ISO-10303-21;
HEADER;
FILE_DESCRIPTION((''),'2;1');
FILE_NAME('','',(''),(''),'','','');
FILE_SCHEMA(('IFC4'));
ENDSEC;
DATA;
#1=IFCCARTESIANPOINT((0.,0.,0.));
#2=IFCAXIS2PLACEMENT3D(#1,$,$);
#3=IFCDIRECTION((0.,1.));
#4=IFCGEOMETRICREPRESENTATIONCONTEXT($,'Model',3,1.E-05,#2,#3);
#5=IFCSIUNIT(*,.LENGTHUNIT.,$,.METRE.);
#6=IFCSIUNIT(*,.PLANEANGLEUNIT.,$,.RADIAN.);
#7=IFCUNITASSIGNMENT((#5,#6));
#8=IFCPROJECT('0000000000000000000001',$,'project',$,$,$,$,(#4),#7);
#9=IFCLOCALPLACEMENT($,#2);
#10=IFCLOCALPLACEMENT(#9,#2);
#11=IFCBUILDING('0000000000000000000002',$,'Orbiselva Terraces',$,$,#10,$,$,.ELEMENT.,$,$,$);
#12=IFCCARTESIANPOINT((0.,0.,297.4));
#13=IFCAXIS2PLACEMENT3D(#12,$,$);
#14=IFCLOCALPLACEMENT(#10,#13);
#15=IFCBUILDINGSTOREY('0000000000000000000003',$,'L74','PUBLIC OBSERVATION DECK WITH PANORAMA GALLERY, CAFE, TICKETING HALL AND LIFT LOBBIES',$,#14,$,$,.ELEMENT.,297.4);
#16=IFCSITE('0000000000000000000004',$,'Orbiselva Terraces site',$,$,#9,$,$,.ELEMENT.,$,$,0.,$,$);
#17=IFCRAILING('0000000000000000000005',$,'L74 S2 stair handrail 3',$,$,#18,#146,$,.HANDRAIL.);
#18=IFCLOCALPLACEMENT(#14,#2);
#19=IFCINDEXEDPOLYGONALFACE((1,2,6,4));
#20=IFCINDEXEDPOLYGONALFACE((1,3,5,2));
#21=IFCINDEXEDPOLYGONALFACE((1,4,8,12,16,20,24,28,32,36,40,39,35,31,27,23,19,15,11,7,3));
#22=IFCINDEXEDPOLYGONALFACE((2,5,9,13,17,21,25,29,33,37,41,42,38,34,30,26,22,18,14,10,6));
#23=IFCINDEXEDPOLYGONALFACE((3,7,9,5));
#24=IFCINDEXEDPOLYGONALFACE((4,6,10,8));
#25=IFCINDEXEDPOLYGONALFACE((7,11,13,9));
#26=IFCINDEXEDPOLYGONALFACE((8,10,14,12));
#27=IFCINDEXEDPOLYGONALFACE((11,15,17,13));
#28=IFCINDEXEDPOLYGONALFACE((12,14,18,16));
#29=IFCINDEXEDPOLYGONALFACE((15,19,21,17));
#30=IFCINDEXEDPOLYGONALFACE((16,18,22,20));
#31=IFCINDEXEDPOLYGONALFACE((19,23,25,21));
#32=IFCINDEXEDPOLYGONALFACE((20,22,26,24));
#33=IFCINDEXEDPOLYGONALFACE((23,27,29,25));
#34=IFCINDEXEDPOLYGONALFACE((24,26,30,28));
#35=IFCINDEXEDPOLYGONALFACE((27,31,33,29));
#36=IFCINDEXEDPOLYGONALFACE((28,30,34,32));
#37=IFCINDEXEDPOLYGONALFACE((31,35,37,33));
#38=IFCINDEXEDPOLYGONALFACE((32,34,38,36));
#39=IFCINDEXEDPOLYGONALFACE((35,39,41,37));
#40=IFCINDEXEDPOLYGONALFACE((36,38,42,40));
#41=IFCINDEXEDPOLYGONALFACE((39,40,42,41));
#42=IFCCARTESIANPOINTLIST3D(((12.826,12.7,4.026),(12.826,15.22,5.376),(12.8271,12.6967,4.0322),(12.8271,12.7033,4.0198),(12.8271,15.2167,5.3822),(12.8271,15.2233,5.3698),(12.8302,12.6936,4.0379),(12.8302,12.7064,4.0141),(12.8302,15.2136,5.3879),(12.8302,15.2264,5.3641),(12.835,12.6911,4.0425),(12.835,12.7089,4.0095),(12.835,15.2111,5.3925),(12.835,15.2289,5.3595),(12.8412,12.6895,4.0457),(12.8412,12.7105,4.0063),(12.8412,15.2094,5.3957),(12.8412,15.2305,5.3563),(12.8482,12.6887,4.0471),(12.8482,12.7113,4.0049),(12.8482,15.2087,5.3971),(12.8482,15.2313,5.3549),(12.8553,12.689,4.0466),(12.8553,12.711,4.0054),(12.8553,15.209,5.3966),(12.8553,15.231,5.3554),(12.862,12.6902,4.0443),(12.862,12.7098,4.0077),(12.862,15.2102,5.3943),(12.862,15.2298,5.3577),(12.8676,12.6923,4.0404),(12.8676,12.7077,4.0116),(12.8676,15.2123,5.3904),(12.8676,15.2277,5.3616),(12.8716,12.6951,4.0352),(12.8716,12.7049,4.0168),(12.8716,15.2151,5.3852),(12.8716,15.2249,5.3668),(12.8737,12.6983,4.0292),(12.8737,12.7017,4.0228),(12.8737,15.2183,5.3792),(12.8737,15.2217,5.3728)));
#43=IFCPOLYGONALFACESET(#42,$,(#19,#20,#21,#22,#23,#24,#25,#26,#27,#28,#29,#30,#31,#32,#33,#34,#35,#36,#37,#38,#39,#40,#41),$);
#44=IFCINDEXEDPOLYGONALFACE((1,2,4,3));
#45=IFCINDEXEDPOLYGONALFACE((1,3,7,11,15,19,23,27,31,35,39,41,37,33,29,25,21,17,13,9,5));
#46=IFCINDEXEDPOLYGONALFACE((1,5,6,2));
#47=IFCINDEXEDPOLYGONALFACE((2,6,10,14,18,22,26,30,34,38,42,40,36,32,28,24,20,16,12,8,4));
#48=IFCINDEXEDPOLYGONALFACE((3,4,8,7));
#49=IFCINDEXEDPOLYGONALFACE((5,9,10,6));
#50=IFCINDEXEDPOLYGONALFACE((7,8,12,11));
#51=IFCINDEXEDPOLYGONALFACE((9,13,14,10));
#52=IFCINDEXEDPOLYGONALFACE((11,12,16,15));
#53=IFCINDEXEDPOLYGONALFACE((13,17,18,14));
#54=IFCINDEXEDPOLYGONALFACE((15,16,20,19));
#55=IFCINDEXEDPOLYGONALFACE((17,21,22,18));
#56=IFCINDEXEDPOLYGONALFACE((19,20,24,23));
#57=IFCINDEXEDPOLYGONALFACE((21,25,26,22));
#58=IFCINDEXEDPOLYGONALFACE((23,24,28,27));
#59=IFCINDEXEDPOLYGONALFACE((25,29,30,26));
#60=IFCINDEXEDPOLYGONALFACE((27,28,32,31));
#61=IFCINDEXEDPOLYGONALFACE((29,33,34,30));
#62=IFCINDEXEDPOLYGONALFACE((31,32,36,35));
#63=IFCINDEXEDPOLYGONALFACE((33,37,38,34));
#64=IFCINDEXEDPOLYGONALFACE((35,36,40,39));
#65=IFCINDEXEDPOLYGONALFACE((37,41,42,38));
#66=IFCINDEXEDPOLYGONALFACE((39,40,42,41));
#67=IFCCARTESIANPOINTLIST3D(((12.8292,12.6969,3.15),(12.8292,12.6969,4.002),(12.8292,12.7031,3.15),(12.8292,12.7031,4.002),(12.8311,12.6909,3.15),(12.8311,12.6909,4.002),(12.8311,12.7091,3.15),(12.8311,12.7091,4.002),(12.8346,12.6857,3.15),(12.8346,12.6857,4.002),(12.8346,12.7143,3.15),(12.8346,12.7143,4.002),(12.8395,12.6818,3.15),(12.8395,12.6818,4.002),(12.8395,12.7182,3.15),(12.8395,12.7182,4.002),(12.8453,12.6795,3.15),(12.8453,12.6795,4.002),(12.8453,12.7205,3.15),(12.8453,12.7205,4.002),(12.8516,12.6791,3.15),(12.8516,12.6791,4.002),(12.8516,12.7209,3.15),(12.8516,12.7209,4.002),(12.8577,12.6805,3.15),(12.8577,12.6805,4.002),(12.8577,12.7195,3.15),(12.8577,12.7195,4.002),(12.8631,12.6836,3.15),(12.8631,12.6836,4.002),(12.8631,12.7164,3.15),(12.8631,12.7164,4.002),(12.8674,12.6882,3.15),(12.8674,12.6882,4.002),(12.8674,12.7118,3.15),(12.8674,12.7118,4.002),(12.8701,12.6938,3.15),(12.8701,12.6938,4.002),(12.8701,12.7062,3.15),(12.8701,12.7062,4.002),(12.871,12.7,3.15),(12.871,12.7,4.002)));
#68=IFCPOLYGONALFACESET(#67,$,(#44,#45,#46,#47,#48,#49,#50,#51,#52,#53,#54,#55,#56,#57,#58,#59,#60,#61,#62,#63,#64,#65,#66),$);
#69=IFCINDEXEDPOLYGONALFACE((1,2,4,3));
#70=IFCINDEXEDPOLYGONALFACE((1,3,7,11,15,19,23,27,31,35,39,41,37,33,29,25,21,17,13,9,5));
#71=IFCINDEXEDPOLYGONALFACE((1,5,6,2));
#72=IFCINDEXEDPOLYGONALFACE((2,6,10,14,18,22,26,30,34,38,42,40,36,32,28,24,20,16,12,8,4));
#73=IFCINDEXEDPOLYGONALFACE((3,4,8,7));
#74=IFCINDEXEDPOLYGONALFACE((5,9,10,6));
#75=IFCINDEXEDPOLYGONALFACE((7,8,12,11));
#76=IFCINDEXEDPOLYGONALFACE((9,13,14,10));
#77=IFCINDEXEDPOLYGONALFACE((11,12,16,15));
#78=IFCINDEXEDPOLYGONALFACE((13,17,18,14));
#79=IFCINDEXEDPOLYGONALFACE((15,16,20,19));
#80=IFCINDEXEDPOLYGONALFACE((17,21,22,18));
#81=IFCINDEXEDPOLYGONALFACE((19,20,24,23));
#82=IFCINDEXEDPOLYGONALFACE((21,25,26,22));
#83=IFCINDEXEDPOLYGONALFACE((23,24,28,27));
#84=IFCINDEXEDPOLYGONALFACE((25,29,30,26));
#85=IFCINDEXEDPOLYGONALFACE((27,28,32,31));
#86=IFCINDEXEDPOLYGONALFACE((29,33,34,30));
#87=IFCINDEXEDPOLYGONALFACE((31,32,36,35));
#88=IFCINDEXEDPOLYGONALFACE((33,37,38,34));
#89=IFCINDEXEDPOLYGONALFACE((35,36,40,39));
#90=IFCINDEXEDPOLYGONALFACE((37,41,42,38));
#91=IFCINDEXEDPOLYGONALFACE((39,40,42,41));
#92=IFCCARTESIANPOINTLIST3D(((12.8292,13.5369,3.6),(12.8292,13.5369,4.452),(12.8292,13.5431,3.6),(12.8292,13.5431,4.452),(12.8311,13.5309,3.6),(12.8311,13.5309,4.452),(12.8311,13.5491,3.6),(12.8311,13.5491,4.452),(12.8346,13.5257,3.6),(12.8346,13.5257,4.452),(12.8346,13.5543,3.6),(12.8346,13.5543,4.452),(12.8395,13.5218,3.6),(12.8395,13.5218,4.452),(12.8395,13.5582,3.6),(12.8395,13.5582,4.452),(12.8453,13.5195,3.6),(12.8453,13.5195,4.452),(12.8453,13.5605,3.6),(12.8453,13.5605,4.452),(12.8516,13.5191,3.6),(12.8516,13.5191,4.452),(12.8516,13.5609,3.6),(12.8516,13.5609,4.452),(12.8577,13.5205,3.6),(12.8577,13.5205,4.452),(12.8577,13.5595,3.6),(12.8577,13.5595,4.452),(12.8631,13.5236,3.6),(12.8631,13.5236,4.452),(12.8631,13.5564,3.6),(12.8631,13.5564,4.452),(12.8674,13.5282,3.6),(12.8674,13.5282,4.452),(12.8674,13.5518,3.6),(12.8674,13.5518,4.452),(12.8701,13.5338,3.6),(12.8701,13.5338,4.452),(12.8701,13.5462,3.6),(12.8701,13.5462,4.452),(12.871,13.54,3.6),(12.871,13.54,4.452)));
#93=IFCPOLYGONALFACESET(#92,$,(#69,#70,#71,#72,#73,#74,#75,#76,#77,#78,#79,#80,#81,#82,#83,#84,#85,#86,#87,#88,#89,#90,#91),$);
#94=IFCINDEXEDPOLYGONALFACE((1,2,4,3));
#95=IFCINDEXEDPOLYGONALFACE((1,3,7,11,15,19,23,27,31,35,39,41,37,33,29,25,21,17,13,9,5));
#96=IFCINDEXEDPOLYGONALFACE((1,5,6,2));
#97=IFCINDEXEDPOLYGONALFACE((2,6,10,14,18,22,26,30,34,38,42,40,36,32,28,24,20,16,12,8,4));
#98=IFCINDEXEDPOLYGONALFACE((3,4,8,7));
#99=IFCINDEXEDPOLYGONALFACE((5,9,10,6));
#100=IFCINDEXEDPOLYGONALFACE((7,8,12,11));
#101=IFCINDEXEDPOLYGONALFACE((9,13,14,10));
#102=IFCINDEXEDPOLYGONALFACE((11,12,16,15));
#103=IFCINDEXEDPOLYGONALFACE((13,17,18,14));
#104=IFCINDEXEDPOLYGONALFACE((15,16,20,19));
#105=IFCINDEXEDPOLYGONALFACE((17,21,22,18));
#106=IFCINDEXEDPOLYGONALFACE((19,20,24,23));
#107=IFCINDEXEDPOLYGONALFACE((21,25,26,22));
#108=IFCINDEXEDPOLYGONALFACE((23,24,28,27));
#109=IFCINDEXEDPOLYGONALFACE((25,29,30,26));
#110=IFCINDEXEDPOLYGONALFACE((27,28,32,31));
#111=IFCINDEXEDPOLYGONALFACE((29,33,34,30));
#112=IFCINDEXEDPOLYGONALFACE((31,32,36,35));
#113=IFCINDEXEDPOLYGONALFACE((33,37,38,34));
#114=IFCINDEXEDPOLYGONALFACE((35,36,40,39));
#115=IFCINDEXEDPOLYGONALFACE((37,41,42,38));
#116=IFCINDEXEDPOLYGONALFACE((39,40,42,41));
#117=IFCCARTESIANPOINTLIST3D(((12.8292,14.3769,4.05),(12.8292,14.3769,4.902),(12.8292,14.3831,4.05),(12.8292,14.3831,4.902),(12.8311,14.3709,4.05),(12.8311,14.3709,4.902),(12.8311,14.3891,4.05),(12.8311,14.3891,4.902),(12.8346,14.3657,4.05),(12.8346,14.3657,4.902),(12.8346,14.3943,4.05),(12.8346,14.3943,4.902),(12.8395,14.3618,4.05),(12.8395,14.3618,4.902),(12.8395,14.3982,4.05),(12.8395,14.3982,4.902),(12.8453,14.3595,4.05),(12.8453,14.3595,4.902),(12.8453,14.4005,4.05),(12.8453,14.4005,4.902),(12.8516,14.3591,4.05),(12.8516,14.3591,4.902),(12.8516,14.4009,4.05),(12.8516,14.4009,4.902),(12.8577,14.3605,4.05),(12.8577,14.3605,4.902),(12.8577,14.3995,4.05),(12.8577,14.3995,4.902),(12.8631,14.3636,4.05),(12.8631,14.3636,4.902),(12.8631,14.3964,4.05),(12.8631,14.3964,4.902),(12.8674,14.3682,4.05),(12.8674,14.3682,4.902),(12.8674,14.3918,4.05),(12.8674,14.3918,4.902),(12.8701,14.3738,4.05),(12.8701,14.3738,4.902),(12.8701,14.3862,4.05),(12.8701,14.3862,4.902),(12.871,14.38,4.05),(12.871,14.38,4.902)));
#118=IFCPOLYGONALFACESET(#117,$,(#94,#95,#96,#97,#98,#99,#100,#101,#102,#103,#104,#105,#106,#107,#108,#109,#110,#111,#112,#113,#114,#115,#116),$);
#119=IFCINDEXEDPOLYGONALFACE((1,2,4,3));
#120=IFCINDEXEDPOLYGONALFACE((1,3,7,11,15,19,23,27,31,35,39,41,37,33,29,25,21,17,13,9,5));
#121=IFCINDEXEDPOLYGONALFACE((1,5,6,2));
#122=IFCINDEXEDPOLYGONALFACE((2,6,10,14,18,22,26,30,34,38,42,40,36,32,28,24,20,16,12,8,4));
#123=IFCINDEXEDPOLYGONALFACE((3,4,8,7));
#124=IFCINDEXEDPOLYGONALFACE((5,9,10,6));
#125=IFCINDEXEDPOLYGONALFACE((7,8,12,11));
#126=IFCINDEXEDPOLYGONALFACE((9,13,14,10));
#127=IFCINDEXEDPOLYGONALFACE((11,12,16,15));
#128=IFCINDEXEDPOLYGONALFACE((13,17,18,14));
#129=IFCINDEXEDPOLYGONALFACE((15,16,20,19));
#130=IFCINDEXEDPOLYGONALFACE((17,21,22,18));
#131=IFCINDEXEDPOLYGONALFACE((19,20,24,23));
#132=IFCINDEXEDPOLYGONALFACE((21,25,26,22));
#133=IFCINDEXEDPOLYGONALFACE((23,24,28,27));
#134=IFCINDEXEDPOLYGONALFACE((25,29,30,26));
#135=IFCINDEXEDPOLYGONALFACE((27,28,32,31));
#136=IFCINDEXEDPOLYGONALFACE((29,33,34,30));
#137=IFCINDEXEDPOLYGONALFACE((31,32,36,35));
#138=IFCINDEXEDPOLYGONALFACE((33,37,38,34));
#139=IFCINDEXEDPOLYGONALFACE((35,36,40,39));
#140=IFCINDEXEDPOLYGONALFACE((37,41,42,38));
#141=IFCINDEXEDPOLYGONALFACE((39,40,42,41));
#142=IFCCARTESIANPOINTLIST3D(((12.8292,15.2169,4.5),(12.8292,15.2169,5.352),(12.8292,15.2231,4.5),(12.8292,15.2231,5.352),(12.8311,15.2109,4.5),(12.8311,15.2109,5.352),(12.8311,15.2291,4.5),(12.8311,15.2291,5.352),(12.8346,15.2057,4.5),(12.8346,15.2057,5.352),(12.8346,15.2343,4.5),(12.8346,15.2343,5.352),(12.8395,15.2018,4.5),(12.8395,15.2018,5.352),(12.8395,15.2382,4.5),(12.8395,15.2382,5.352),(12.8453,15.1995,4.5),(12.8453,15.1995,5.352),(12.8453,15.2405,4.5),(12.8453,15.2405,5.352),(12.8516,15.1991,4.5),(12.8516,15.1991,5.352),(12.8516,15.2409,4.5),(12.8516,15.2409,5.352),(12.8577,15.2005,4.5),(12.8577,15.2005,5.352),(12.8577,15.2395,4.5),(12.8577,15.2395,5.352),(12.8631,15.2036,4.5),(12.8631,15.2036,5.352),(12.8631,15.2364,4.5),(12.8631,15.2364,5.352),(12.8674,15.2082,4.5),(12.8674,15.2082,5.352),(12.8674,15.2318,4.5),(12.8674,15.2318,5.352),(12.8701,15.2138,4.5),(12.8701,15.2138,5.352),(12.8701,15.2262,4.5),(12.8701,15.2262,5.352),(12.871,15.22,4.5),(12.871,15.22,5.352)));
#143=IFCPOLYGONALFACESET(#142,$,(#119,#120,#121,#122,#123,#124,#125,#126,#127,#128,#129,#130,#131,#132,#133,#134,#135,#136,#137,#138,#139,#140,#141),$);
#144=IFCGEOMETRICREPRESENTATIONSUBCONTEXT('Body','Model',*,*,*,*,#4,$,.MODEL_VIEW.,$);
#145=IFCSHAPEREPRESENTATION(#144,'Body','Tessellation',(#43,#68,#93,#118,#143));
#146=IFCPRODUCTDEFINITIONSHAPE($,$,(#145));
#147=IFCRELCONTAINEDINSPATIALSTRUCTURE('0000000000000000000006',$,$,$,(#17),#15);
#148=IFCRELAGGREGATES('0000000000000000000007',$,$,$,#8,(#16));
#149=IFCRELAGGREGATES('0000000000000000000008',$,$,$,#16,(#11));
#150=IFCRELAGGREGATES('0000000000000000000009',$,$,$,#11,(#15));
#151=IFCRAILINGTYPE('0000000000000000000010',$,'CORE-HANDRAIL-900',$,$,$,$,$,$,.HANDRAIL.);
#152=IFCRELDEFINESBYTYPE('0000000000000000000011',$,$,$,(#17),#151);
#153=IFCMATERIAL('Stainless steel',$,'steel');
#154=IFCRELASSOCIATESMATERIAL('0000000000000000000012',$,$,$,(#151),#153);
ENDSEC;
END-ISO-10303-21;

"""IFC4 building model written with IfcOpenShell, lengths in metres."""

from ifc_helpers import new_model, si_unit, direction, frame, origin, origin_2d, place, context, subcontext, project, spatial, circle, extrude, material, type_object, element, save


model = new_model("IFC4")

# Units and contexts
model_context = context("Model", 3, precision=1e-05, world=origin(), true_north=direction((0.0, 1.0)))
body_context = subcontext(model_context, "Body", "Model", "MODEL_VIEW")
ifc_project = project(units=[si_unit("LENGTHUNIT", "METRE"), si_unit("PLANEANGLEUNIT", "RADIAN")], contexts=[model_context])

# Site, building, storey
site_placement = place(None, origin())
site = spatial("IfcSite", under=ifc_project, at=site_placement, Name="Orbiselva Terraces site", CompositionType="ELEMENT", RefElevation=0.0)
building_placement = place(site_placement, origin())
building = spatial("IfcBuilding", under=site, at=building_placement, Name="Orbiselva Terraces", CompositionType="ELEMENT")
storey_placement = place(building_placement, frame((0.0, 0.0, 297.4)))
storey = spatial("IfcBuildingStorey", under=building, at=storey_placement, Name="L74", Description="PUBLIC OBSERVATION DECK WITH PANORAMA GALLERY, CAFE, TICKETING HALL AND LIFT LOBBIES", CompositionType="ELEMENT", Elevation=297.4)

# Railing
ifc_material_1 = material(Name="Stainless steel", Category="steel")
railing_type = type_object("IfcRailingType", Name="CORE-HANDRAIL-900", PredefinedType="HANDRAIL", material=ifc_material_1)
railing_1_placement = place(storey_placement, frame((12.85, 12.7, 3.15)))
element("IfcRailing", 1, at=railing_1_placement, inside=storey, type_object=railing_type, Name="L74 S2 stair handrail 3", PredefinedType="HANDRAIL", context=body_context, shape_type="SweptSolid", body=[
    extrude(circle(Radius=0.024, at=origin_2d()), frame((0.0, 0.0, 0.876), z_axis=(0.0, 0.88148, 0.472221), x_axis=(-1.0, 0.0, 0.0)), (0.0, 0.0, 1.0), 2.8588),
    extrude(circle(Radius=0.021, at=origin_2d()), origin(), (0.0, 0.0, 1.0), 0.852),
    extrude(circle(Radius=0.021, at=origin_2d()), frame((0.0, 0.84, 0.45)), (0.0, 0.0, 1.0), 0.852),
    extrude(circle(Radius=0.021, at=origin_2d()), frame((0.0, 1.68, 0.9)), (0.0, 0.0, 1.0), 0.852),
    extrude(circle(Radius=0.021, at=origin_2d()), frame((0.0, 2.52, 1.35)), (0.0, 0.0, 1.0), 0.852),
])

save(model, "model.ifc")
